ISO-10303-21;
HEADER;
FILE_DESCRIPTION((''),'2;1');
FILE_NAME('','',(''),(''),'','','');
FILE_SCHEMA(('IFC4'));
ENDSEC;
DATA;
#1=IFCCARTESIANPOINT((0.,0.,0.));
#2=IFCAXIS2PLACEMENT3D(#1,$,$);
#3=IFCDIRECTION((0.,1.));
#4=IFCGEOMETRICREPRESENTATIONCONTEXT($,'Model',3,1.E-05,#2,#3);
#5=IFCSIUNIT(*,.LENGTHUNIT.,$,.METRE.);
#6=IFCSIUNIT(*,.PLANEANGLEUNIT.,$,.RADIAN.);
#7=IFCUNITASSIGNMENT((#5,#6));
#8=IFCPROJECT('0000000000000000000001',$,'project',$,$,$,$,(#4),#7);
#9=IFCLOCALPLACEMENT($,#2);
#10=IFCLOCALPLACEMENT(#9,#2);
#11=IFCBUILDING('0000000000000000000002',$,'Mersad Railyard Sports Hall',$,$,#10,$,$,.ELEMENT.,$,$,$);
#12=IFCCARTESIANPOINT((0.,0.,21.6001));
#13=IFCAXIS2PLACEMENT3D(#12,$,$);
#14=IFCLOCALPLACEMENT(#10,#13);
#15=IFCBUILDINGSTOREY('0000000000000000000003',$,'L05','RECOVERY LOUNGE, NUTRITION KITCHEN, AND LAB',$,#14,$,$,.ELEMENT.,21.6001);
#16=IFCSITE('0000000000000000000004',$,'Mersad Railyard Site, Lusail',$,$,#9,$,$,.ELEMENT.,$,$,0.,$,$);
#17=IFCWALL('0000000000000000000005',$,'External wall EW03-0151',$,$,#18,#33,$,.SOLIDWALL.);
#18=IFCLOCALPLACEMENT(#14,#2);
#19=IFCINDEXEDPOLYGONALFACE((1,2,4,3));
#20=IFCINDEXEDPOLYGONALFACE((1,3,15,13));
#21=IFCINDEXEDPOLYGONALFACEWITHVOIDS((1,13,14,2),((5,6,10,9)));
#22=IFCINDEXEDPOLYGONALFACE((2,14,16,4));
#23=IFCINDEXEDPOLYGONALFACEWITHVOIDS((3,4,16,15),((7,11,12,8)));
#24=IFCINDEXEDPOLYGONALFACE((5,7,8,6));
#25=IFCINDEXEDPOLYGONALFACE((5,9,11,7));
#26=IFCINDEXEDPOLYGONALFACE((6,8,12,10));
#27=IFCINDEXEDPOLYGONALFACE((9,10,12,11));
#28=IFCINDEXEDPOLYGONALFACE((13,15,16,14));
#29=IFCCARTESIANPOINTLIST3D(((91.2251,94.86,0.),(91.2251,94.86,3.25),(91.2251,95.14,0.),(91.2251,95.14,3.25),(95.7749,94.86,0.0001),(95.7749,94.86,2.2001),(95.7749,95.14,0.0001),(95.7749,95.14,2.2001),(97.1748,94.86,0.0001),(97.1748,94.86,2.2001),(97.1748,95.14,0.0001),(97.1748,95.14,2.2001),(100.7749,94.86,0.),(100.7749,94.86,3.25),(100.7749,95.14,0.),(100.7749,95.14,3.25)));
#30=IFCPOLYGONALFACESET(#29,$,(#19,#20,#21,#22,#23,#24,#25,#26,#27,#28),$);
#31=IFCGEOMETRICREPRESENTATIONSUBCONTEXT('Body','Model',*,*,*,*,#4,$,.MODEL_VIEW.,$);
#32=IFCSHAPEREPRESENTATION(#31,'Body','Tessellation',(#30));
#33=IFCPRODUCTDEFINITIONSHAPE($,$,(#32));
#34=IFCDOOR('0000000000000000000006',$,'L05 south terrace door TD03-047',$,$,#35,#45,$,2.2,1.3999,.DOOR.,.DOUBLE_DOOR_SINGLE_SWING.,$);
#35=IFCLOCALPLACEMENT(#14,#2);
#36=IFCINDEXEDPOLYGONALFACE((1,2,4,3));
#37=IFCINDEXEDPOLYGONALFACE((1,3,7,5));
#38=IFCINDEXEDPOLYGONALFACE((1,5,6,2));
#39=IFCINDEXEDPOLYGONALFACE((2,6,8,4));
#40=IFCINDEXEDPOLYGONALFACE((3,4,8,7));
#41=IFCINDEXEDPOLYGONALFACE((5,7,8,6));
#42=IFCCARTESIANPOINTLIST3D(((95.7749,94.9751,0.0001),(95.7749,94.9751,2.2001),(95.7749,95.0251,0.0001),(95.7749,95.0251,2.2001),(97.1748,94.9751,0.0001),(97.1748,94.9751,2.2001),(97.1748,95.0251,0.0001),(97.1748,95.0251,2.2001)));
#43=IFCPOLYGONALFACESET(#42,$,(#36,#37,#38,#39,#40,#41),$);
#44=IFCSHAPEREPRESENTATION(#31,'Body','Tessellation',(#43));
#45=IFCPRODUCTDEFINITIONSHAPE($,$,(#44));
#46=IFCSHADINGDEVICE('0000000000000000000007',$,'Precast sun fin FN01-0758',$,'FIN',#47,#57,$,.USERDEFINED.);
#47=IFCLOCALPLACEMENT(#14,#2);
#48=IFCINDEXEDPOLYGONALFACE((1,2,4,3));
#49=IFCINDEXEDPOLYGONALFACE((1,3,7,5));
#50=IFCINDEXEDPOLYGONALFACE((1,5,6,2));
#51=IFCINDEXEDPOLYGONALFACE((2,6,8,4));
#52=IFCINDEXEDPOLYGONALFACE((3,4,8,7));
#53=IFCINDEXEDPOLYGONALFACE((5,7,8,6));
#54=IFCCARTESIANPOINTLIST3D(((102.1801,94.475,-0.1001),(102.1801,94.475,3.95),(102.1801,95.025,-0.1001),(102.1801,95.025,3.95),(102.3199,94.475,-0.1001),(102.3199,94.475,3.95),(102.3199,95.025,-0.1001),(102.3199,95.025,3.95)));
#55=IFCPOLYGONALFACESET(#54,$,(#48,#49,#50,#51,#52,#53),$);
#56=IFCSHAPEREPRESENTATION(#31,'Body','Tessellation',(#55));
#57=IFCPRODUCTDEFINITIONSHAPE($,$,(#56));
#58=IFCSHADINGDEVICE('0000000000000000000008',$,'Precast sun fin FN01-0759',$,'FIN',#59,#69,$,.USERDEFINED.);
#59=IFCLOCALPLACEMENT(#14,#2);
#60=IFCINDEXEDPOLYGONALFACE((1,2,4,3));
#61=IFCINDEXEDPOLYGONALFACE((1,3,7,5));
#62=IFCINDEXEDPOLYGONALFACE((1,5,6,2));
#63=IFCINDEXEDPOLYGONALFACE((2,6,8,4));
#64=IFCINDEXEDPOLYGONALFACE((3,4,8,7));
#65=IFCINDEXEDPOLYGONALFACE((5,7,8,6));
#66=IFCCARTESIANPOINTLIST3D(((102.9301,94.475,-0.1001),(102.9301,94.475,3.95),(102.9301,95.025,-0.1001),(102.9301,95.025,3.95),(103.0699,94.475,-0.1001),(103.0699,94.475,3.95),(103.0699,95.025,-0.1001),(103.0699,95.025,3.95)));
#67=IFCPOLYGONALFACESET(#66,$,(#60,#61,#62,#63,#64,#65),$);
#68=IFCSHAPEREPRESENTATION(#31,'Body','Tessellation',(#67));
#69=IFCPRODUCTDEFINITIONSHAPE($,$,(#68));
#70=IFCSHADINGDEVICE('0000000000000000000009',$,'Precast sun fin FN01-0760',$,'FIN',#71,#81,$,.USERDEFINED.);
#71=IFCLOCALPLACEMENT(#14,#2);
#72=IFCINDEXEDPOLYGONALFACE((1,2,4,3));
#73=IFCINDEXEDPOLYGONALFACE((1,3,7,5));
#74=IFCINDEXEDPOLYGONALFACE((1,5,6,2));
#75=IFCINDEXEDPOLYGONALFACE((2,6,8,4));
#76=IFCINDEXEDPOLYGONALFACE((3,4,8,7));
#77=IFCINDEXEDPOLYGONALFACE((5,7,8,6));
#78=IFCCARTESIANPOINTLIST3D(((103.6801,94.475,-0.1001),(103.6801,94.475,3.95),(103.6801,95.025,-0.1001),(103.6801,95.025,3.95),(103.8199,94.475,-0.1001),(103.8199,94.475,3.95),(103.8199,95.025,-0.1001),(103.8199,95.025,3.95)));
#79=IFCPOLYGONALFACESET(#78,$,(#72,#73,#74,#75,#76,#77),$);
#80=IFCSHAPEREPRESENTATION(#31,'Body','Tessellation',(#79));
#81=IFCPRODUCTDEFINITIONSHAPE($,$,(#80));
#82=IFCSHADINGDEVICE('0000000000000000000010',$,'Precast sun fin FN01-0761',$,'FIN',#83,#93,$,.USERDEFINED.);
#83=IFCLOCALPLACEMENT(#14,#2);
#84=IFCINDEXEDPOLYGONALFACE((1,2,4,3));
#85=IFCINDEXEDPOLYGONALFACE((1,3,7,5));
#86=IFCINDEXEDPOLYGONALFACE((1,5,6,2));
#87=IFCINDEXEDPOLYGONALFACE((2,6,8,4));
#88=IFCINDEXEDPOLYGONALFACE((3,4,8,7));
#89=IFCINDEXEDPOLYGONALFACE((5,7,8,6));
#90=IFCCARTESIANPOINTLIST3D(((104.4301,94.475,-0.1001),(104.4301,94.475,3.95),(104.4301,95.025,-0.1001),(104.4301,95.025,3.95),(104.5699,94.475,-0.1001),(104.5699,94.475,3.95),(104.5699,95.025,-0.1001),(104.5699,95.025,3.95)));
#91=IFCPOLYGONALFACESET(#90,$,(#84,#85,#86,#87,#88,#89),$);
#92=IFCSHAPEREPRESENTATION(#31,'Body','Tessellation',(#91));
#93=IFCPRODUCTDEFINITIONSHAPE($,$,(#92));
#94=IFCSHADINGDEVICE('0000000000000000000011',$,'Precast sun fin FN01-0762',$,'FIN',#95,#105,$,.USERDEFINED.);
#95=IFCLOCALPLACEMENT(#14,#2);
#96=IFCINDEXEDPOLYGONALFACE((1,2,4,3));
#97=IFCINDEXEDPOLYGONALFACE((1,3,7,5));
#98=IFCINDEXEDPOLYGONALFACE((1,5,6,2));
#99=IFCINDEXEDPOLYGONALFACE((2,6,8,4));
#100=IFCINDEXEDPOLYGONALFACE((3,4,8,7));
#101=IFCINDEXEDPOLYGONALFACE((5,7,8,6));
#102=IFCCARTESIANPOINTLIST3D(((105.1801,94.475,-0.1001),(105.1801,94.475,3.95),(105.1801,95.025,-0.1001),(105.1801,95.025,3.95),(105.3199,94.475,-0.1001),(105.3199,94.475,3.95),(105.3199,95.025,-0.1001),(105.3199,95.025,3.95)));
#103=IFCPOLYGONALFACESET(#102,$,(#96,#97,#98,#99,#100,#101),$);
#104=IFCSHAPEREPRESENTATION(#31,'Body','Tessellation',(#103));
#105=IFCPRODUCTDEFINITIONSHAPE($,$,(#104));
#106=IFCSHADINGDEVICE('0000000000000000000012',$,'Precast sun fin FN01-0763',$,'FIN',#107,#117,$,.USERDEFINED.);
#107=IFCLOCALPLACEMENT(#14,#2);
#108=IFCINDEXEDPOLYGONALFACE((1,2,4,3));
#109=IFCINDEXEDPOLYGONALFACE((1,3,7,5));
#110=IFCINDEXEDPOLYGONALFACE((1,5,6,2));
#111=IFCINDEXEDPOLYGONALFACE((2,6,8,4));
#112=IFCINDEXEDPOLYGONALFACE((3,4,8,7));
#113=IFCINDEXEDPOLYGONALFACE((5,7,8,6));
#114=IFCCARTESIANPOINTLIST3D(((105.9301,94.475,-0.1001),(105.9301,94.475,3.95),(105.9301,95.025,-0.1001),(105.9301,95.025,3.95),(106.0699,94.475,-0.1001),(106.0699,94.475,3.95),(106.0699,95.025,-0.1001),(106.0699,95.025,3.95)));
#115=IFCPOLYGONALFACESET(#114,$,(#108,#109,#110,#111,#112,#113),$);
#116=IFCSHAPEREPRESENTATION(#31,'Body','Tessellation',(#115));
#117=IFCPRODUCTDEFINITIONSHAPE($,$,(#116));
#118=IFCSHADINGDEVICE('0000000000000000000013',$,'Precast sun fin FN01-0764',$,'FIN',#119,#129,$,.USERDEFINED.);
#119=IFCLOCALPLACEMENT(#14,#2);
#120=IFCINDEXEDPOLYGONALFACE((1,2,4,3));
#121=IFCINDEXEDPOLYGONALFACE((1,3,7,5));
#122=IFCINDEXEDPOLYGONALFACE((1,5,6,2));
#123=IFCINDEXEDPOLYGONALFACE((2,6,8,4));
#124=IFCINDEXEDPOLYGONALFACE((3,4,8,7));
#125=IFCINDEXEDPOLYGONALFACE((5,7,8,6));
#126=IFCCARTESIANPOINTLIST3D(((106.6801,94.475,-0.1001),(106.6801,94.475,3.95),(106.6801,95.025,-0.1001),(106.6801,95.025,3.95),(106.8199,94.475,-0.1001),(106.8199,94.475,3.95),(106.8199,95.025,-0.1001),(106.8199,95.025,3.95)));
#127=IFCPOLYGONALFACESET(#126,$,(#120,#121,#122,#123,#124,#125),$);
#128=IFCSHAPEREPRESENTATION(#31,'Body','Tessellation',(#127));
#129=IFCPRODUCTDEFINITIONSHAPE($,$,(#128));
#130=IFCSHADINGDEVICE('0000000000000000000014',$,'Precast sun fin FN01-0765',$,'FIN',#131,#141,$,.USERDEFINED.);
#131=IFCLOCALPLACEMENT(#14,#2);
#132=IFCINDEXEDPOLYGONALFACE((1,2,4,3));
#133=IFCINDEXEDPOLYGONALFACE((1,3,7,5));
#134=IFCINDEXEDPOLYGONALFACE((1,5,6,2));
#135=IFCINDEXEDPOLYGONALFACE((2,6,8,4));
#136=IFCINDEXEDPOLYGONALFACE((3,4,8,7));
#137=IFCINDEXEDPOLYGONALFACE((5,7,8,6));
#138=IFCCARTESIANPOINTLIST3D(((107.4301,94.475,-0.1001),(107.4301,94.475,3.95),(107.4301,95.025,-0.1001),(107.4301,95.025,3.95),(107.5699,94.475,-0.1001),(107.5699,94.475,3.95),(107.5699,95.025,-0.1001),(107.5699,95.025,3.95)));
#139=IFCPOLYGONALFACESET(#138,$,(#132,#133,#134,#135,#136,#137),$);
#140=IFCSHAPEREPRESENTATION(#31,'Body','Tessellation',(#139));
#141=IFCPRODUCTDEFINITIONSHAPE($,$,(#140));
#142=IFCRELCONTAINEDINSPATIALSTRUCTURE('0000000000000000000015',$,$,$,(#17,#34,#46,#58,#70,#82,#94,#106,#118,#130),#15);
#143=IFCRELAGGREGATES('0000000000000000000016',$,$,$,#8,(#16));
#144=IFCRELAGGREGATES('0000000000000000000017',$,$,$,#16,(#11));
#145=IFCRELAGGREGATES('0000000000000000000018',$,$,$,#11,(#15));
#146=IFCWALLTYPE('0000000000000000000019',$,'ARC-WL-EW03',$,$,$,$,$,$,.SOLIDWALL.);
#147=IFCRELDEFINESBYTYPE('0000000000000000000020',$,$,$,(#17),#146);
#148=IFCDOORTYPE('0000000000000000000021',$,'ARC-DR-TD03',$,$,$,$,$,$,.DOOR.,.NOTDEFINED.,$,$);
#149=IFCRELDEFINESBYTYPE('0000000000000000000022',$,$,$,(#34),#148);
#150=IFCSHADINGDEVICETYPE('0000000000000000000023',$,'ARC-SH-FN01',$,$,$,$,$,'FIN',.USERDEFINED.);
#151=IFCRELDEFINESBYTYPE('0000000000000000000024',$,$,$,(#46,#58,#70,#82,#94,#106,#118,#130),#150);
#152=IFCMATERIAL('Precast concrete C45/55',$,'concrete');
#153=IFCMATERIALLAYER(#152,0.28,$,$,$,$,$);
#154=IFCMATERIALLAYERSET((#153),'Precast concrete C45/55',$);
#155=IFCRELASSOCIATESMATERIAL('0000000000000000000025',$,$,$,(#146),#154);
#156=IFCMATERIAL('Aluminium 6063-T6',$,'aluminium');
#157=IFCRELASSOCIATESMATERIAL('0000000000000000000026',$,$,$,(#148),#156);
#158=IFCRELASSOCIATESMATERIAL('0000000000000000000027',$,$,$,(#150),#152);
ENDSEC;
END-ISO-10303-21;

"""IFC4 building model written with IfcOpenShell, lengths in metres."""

from ifc_helpers import new_model, si_unit, direction, frame, frame_2d, origin, origin_2d, place, context, subcontext, project, spatial, rectangle, extrude, material, layer, layer_set, type_object, element, fill, save


model = new_model("IFC4")

# Units and contexts
model_context = context("Model", 3, precision=1e-05, world=origin(), true_north=direction((0.0, 1.0)))
body_context = subcontext(model_context, "Body", "Model", "MODEL_VIEW")
ifc_project = project(units=[si_unit("LENGTHUNIT", "METRE"), si_unit("PLANEANGLEUNIT", "RADIAN")], contexts=[model_context])

# Site, building, storey
site_placement = place(None, origin())
site = spatial("IfcSite", under=ifc_project, at=site_placement, Name="Mersad Railyard Site, Lusail", CompositionType="ELEMENT", RefElevation=0.0)
building_placement = place(site_placement, origin())
building = spatial("IfcBuilding", under=site, at=building_placement, Name="Mersad Railyard Sports Hall", CompositionType="ELEMENT")
storey_placement = place(building_placement, frame((0.0, 0.0, 21.6001)))
storey = spatial("IfcBuildingStorey", under=building, at=storey_placement, Name="L05", Description="RECOVERY LOUNGE, NUTRITION KITCHEN, AND LAB", CompositionType="ELEMENT", Elevation=21.6001)

# Shared definitions
ifc_material_1 = material(Name="Aluminium 6063-T6", Category="aluminium")

# Wall, opening, door
ifc_material_2 = material(Name="Precast concrete C45/55", Category="concrete")
ifc_layer_1 = layer(ifc_material_2, 0.28)
ifc_layer_set_1 = layer_set([ifc_layer_1], Name="Precast concrete C45/55")
wall_type = type_object("IfcWallType", Name="ARC-WL-EW03", PredefinedType="SOLIDWALL", material=ifc_layer_set_1)
wall_placement = place(storey_placement, frame((100.7749, 95.0, 0.0), z_axis=(0.0, 0.0, 1.0), x_axis=(-1.0, 0.0, 0.0)))
wall = element("IfcWall", 1, at=wall_placement, inside=storey, type_object=wall_type, Name="External wall EW03-0151", PredefinedType="SOLIDWALL", context=body_context, shape_type="SweptSolid", body=[
    extrude(rectangle(XDim=9.5498, YDim=0.28, at=frame_2d((4.7749, 0.0))), origin(), (0.0, 0.0, 1.0), 3.25),
])
opening_placement = place(wall_placement, frame((3.6001, 0.0, 0.0)))
opening = element("IfcOpeningElement", 2, at=opening_placement, cuts=wall, PredefinedType="OPENING", context=body_context, shape_type="SweptSolid", body=[
    extrude(rectangle(XDim=1.3999, YDim=2.2, at=frame_2d((0.7, 1.1001))), frame((0.0, 0.1499, 0.0), z_axis=(0.0, -1.0, 0.0), x_axis=(1.0, 0.0, 0.0)), (0.0, 0.0, 1.0), 0.3),
])
door_type = type_object("IfcDoorType", Name="ARC-DR-TD03", OperationType="NOTDEFINED", PredefinedType="DOOR", material=ifc_material_1)
door_placement = place(opening_placement, origin())
door = element("IfcDoor", 3, at=door_placement, inside=storey, type_object=door_type, Name="L05 south terrace door TD03-047", OperationType="DOUBLE_DOOR_SINGLE_SWING", OverallHeight=2.2, OverallWidth=1.3999, PredefinedType="DOOR", context=body_context, shape_type="SweptSolid", body=[
    extrude(rectangle(XDim=1.3999, YDim=2.2, at=frame_2d((0.7, 1.1001))), frame((0.0, 0.0249, 0.0), z_axis=(0.0, -1.0, 0.0), x_axis=(1.0, 0.0, 0.0)), (0.0, 0.0, 1.0), 0.05),
])
fill(opening, door)

# Shading devices
shading_device_type = type_object("IfcShadingDeviceType", Name="ARC-SH-FN01", ElementType="FIN", PredefinedType="USERDEFINED", material=ifc_material_2)
for number, where, z_axis, x_axis, name in (
    (4, (102.25, 94.75, -0.1001), (0.0, 0.0, 1.0), (1.0, 0.0, 0.0), "Precast sun fin FN01-0758"),
    (5, (103.0, 94.75, -0.1001), (0.0, 0.0, 1.0), (1.0, 0.0, 0.0), "Precast sun fin FN01-0759"),
    (6, (103.75, 94.75, -0.1001), (0.0, 0.0, 1.0), (1.0, 0.0, 0.0), "Precast sun fin FN01-0760"),
    (7, (104.5, 94.75, -0.1001), (0.0, 0.0, 1.0), (1.0, 0.0, 0.0), "Precast sun fin FN01-0761"),
    (8, (105.25, 94.75, -0.1001), (0.0, 0.0, 1.0), (1.0, 0.0, 0.0), "Precast sun fin FN01-0762"),
    (9, (106.0, 94.75, -0.1001), (0.0, 0.0, 1.0), (1.0, 0.0, 0.0), "Precast sun fin FN01-0763"),
    (10, (106.75, 94.75, -0.1001), (0.0, 0.0, 1.0), (1.0, 0.0, 0.0), "Precast sun fin FN01-0764"),
    (11, (107.5, 94.75, -0.1001), (0.0, 0.0, 1.0), (1.0, 0.0, 0.0), "Precast sun fin FN01-0765"),
):
    element("IfcShadingDevice", number, at=place(storey_placement, frame(where, z_axis=z_axis, x_axis=x_axis)), inside=storey, type_object=shading_device_type, Name=name, ObjectType="FIN", PredefinedType="USERDEFINED", context=body_context, shape_type="SweptSolid", body=[
        extrude(rectangle(XDim=0.1399, YDim=0.55, at=origin_2d()), origin(), (0.0, 0.0, 1.0), 4.05),
    ])

save(model, "model.ifc")
